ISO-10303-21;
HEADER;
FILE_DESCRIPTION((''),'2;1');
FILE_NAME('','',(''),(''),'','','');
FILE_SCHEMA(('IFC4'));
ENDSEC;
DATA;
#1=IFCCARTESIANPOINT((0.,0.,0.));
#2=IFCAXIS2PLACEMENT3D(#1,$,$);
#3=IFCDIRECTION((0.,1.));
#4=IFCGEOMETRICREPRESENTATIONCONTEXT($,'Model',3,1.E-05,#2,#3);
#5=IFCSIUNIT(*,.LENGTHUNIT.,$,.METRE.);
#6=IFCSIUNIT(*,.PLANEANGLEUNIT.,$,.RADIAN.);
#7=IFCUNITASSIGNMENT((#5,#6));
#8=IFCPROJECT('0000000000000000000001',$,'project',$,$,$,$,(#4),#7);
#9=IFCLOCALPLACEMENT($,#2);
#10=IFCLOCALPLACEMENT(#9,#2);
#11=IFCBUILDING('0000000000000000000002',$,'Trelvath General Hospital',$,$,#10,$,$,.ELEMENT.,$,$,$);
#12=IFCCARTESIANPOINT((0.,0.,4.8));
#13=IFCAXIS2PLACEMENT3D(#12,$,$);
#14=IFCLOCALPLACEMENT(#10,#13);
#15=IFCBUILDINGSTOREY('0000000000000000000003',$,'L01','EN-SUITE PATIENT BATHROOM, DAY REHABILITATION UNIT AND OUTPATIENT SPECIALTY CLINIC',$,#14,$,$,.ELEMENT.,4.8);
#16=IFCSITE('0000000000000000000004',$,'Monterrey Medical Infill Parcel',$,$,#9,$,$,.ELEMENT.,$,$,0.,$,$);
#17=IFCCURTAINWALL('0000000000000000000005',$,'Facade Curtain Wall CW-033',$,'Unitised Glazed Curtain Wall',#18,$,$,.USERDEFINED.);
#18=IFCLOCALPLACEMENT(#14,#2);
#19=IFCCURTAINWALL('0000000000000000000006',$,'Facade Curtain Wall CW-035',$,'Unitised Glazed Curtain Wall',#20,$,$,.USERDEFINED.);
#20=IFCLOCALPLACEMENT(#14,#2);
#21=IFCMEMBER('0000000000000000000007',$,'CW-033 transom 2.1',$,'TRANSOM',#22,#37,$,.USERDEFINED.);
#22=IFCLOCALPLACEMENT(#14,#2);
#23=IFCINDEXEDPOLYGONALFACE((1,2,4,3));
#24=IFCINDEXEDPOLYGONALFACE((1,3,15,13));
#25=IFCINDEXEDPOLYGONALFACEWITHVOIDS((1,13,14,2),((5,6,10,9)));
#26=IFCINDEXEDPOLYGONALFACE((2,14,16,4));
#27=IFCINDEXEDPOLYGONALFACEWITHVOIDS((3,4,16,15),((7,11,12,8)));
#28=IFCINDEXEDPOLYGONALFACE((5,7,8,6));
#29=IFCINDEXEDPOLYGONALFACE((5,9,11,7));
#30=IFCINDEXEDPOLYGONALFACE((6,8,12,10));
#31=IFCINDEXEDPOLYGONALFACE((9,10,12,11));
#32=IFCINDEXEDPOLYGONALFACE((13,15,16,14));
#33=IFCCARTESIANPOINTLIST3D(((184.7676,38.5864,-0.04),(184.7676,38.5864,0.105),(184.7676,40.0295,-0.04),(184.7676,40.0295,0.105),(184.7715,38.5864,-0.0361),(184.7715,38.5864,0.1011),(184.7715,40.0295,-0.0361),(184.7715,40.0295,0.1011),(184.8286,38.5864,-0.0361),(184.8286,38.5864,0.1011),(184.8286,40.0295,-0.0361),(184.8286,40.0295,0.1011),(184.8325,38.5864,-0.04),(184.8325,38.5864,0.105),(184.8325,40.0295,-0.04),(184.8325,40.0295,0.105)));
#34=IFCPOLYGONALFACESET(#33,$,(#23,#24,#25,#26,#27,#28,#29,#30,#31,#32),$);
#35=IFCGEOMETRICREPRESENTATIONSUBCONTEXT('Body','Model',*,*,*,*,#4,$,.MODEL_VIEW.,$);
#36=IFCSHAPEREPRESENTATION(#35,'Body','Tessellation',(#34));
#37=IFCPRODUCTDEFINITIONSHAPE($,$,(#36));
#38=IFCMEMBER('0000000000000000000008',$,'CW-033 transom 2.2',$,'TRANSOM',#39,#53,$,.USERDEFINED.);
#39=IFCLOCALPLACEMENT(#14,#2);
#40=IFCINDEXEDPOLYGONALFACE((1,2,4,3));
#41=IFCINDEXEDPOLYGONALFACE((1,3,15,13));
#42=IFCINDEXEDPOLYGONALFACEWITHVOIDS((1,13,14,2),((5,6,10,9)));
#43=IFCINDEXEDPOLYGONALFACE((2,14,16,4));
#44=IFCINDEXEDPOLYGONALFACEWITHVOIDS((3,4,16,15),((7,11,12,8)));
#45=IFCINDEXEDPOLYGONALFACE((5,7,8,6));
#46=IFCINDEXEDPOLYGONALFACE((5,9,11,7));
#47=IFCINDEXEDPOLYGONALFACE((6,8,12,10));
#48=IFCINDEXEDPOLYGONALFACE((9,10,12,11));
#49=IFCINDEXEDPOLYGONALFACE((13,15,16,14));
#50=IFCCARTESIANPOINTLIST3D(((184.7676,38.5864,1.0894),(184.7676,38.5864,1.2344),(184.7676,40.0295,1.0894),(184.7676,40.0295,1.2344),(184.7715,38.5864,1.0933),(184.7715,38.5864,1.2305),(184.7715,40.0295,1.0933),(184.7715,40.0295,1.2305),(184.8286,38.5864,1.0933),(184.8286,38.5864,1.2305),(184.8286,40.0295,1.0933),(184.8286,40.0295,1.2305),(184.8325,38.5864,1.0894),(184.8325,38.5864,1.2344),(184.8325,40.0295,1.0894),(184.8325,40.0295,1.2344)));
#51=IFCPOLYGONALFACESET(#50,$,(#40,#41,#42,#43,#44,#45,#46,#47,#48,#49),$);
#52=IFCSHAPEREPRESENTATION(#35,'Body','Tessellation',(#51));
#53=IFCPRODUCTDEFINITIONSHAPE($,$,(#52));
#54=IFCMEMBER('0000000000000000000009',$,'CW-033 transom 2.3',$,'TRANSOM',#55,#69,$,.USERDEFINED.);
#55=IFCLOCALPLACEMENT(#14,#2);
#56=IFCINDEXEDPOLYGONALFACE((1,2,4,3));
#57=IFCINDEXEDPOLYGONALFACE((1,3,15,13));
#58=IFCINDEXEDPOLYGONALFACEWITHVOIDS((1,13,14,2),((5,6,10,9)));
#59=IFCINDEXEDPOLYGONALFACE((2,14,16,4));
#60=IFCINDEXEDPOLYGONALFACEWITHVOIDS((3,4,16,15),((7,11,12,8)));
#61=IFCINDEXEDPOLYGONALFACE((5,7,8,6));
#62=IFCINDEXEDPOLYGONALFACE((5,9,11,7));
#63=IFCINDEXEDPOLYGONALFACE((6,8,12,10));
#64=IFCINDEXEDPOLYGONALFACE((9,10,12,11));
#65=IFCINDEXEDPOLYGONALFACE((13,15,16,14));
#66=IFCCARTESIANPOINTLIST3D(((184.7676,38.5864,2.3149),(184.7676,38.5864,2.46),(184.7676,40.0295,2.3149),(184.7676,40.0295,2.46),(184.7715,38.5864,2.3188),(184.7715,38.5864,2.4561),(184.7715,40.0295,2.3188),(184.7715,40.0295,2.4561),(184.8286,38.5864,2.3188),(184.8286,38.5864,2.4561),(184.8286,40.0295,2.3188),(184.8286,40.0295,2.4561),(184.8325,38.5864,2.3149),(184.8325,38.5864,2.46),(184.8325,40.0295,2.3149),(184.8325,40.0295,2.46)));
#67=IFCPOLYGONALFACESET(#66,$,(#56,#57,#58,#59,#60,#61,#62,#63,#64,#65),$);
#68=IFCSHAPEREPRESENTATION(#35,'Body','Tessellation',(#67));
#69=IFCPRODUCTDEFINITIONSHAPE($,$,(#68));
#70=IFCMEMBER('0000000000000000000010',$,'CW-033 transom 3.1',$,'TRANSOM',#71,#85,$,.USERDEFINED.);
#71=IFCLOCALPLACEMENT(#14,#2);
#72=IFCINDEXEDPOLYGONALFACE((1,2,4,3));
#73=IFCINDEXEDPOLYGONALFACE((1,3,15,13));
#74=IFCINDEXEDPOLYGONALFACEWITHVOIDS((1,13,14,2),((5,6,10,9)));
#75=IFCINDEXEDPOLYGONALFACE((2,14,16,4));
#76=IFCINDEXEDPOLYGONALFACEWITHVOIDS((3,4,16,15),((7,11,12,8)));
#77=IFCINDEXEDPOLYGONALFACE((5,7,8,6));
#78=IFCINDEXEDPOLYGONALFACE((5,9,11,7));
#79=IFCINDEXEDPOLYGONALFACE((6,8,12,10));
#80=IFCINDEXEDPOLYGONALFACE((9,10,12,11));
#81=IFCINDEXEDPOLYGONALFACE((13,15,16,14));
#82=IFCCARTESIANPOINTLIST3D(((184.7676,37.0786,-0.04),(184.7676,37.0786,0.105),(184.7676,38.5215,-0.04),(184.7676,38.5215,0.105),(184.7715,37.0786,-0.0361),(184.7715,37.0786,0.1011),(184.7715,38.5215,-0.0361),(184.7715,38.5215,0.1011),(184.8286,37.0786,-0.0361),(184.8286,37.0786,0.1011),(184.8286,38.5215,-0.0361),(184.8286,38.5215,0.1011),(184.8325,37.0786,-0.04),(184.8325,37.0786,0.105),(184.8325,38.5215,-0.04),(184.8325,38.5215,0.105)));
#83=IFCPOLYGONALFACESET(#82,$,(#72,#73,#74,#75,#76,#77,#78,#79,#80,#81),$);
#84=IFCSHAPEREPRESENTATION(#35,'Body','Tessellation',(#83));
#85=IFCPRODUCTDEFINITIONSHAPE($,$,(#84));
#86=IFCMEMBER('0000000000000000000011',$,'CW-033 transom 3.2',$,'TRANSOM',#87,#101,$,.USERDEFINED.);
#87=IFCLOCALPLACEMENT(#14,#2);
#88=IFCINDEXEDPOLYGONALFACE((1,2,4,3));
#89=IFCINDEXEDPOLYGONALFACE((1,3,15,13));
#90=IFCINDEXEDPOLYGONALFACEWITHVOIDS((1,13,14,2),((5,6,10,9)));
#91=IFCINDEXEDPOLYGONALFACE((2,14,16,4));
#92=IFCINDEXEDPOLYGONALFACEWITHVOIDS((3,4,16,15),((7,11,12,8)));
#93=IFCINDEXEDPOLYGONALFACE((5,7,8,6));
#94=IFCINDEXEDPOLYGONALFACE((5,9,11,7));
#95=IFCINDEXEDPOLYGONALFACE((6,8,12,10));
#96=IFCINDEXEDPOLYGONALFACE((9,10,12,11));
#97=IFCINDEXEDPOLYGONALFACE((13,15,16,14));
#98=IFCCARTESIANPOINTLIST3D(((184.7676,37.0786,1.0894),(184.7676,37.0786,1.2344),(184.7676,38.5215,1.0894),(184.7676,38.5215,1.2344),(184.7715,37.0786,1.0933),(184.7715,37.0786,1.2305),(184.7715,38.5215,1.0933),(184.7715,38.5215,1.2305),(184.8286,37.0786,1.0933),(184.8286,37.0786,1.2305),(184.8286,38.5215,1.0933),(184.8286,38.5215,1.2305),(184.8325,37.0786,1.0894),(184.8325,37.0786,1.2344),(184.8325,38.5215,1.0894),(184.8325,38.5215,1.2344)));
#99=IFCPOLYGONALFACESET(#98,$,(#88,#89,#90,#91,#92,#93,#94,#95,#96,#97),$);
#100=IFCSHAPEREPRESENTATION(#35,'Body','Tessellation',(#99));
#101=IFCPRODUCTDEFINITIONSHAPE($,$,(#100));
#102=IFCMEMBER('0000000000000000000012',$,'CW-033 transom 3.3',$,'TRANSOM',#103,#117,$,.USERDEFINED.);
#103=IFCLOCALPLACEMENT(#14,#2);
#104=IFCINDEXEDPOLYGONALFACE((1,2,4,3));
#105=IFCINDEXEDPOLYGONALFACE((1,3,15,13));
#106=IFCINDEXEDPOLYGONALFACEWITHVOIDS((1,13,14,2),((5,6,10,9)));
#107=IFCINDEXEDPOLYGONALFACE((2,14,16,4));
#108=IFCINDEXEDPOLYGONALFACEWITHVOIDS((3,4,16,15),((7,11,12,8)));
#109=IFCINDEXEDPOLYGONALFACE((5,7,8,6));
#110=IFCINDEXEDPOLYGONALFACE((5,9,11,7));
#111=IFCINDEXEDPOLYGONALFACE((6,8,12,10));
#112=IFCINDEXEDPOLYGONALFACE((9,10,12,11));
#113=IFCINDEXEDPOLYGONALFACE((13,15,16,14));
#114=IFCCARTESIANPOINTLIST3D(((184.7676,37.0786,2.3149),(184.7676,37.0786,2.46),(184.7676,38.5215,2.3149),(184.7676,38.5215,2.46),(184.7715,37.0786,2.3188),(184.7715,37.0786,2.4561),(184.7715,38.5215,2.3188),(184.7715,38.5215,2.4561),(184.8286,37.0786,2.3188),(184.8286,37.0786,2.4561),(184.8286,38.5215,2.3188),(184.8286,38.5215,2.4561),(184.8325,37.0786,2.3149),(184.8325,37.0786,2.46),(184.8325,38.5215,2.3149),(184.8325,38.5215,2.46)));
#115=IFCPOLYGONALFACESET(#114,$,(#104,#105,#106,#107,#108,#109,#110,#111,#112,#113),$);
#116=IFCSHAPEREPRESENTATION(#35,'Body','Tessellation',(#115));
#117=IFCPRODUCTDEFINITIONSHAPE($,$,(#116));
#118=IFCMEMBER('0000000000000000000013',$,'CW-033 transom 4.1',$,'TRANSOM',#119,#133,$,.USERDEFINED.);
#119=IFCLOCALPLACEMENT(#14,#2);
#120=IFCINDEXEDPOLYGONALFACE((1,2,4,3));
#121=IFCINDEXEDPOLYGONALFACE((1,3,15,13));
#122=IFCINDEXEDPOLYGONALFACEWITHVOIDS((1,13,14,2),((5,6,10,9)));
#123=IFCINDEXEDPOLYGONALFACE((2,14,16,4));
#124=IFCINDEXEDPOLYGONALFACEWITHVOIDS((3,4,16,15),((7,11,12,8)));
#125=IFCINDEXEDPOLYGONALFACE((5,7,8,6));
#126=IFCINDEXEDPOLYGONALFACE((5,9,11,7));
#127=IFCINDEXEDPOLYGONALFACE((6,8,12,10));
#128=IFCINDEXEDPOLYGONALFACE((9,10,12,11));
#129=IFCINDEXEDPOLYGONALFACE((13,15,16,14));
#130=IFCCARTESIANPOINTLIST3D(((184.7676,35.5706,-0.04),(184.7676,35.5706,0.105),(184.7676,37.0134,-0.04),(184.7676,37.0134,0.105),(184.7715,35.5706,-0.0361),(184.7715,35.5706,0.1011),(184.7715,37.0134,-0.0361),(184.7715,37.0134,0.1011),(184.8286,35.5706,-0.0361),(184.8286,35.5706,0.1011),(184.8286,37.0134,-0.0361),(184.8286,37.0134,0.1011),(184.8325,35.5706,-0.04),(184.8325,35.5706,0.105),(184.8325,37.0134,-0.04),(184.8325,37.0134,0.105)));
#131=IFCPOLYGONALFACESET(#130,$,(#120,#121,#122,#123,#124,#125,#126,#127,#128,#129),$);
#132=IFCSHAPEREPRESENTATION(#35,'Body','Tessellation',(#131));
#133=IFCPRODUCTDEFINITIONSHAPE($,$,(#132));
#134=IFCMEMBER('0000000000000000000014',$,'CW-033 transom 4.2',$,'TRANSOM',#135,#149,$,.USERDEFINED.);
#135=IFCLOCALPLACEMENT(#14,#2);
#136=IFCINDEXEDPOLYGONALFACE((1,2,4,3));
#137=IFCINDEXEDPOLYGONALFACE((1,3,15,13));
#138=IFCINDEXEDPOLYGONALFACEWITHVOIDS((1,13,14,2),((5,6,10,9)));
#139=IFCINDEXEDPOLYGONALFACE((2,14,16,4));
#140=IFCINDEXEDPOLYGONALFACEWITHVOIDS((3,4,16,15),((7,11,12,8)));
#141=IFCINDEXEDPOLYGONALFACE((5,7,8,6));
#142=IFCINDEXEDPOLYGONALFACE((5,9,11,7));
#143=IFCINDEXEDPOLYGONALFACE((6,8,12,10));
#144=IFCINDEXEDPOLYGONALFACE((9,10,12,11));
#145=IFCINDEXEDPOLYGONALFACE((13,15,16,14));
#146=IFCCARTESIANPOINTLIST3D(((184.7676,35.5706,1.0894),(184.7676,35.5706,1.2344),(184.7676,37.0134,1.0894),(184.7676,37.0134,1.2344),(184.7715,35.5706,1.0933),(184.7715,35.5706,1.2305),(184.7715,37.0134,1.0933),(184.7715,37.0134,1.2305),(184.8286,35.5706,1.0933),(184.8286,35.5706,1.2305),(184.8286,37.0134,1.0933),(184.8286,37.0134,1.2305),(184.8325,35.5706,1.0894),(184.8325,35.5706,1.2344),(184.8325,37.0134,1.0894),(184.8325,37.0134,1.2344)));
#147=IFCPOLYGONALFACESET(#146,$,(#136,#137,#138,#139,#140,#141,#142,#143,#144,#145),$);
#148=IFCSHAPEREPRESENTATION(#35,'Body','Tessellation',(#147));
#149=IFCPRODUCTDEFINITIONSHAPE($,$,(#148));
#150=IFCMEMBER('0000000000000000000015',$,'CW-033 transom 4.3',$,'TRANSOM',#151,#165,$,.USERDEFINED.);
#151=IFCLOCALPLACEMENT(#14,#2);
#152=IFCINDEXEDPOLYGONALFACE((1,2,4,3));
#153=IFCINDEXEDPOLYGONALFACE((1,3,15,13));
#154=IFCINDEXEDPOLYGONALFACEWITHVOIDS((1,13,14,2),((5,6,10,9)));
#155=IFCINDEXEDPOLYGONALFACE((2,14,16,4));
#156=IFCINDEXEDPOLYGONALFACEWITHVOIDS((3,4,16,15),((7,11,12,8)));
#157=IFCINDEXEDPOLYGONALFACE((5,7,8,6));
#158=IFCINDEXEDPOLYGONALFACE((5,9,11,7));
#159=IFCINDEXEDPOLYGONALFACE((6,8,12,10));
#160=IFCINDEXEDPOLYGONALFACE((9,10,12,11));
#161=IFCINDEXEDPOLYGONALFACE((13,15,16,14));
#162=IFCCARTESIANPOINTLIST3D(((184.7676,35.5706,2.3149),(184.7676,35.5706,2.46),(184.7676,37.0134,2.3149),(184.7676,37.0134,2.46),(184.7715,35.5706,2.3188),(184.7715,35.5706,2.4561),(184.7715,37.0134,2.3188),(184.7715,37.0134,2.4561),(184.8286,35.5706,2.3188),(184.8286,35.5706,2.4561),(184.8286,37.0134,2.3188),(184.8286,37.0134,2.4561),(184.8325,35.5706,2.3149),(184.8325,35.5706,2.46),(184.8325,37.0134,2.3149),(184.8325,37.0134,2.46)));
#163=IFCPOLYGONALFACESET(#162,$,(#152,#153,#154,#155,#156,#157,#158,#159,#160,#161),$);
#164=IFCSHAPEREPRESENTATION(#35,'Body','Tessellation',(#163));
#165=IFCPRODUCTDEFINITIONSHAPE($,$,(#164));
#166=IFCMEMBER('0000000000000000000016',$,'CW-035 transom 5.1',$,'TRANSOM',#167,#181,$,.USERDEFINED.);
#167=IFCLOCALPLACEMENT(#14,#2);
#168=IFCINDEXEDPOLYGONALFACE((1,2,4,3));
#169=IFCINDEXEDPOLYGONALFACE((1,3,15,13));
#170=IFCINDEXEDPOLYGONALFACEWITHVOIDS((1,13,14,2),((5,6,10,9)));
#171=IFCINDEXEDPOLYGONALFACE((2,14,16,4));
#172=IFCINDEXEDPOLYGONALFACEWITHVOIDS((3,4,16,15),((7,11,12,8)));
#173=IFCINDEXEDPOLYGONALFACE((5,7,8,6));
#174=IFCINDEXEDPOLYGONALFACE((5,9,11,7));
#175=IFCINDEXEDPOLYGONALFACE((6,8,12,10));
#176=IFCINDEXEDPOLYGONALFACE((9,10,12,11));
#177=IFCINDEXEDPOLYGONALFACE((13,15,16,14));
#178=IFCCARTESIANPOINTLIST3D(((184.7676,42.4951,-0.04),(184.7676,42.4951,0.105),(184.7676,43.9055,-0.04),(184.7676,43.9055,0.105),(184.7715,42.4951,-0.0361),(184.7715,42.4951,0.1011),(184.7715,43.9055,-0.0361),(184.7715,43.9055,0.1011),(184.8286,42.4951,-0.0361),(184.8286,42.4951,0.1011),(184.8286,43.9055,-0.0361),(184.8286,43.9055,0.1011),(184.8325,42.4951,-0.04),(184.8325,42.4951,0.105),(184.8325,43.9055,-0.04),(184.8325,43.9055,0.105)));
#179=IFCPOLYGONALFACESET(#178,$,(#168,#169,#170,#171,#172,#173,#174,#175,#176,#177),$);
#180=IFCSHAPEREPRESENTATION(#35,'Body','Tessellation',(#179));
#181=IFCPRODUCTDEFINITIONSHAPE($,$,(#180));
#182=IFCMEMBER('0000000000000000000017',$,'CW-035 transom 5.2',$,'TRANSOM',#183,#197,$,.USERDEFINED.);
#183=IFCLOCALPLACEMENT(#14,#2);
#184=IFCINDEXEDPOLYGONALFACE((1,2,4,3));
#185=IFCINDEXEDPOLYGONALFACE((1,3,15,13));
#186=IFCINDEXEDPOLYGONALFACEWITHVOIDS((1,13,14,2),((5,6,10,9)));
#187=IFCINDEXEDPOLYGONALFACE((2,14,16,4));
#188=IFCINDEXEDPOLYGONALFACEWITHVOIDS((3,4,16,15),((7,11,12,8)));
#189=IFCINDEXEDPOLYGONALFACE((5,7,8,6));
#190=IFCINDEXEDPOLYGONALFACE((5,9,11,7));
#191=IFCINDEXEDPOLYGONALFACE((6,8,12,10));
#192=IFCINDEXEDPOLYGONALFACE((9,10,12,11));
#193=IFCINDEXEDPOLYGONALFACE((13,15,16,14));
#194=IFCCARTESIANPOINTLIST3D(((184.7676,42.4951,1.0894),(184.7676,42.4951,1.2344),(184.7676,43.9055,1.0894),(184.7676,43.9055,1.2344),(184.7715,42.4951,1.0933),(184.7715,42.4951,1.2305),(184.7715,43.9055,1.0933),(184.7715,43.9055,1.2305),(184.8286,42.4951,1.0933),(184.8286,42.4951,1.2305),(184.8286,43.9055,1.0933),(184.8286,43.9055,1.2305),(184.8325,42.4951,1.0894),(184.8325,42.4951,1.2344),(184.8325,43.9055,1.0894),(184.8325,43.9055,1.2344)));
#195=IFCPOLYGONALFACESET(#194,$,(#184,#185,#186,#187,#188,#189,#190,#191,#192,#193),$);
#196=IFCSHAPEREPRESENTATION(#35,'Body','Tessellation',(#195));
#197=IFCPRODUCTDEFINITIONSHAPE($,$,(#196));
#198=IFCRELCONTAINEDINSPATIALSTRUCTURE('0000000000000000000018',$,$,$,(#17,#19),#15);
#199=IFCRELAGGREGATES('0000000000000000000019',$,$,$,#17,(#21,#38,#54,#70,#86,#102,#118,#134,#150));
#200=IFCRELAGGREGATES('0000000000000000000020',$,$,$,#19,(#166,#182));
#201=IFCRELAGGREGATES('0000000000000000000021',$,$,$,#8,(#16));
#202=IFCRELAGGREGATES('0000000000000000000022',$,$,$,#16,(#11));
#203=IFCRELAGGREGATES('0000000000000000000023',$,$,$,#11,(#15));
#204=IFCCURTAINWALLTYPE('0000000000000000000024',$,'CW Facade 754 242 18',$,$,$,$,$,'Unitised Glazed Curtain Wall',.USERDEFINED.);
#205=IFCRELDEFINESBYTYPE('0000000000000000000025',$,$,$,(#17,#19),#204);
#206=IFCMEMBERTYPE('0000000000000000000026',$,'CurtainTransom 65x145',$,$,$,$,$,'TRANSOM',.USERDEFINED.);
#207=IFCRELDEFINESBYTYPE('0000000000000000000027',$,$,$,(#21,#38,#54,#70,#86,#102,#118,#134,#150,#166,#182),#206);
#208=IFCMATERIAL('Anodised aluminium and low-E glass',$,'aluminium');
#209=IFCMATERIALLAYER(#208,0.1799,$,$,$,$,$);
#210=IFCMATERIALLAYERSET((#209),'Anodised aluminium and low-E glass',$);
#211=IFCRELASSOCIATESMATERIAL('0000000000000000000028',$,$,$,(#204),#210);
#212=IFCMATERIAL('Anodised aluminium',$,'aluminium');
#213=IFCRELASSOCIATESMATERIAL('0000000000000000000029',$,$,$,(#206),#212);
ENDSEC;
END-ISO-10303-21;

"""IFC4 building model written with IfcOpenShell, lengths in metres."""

from ifc_helpers import new_model, si_unit, direction, frame, origin, origin_2d, place, context, subcontext, project, spatial, hollow_rectangle, extrude, material, layer, layer_set, material_profile, profile_set, type_object, element, aggregate, save


model = new_model("IFC4")

# Units and contexts
model_context = context("Model", 3, precision=1e-05, world=origin(), true_north=direction((0.0, 1.0)))
body_context = subcontext(model_context, "Body", "Model", "MODEL_VIEW")
ifc_project = project(units=[si_unit("LENGTHUNIT", "METRE"), si_unit("PLANEANGLEUNIT", "RADIAN")], contexts=[model_context])

# Site, building, storey
site_placement = place(None, origin())
site = spatial("IfcSite", under=ifc_project, at=site_placement, Name="Monterrey Medical Infill Parcel", CompositionType="ELEMENT", RefElevation=0.0)
building_placement = place(site_placement, origin())
building = spatial("IfcBuilding", under=site, at=building_placement, Name="Trelvath General Hospital", CompositionType="ELEMENT")
storey_placement = place(building_placement, frame((0.0, 0.0, 4.8)))
storey = spatial("IfcBuildingStorey", under=building, at=storey_placement, Name="L01", Description="EN-SUITE PATIENT BATHROOM, DAY REHABILITATION UNIT AND OUTPATIENT SPECIALTY CLINIC", CompositionType="ELEMENT", Elevation=4.8)

# Curtain walls
ifc_material_1 = material(Name="Anodised aluminium and low-E glass", Category="aluminium")
ifc_layer_1 = layer(ifc_material_1, 0.1799)
ifc_layer_set_1 = layer_set([ifc_layer_1], Name="Anodised aluminium and low-E glass")
curtain_wall_type = type_object("IfcCurtainWallType", Name="CW Facade 754 242 18", ElementType="Unitised Glazed Curtain Wall", PredefinedType="USERDEFINED", material=ifc_layer_set_1)
curtain_wall_1_placement = place(storey_placement, origin())
curtain_wall_1 = element("IfcCurtainWall", 1, at=curtain_wall_1_placement, inside=storey, type_object=curtain_wall_type, Name="Facade Curtain Wall CW-033", ObjectType="Unitised Glazed Curtain Wall", PredefinedType="USERDEFINED")
curtain_wall_2_placement = place(storey_placement, origin())
curtain_wall_2 = element("IfcCurtainWall", 2, at=curtain_wall_2_placement, inside=storey, type_object=curtain_wall_type, Name="Facade Curtain Wall CW-035", ObjectType="Unitised Glazed Curtain Wall", PredefinedType="USERDEFINED")

# Members
ifc_material_2 = material(Name="Anodised aluminium", Category="aluminium")
ifc_material_profile_1 = material_profile(ifc_material_2, hollow_rectangle(XDim=0.0649, YDim=0.145, WallThickness=0.0039, at=origin_2d()), Name="RHS65x145x4")
ifc_profile_set_1 = profile_set([ifc_material_profile_1], Name="Anodised aluminium")
member_type_1 = type_object("IfcMemberType", Name="CurtainTransom 65x145", ElementType="TRANSOM", PredefinedType="USERDEFINED", material=ifc_profile_set_1)
member_1_placement = place(storey_placement, frame((184.8, 40.0295, 0.0325), z_axis=(0.0, -1.0, 0.0), x_axis=(1.0, 0.0, 0.0)))
member_1 = element("IfcMember", 3, at=member_1_placement, type_object=member_type_1, Name="CW-033 transom 2.1", ObjectType="TRANSOM", PredefinedType="USERDEFINED", context=body_context, shape_type="SweptSolid", body=[
    extrude(hollow_rectangle(XDim=0.0649, YDim=0.145, WallThickness=0.0039, at=origin_2d()), origin(), (0.0, 0.0, 1.0), 1.4431),
])
member_2_placement = place(storey_placement, frame((184.8, 40.0295, 1.1619), z_axis=(0.0, -1.0, 0.0), x_axis=(1.0, 0.0, 0.0)))
member_2 = element("IfcMember", 4, at=member_2_placement, type_object=member_type_1, Name="CW-033 transom 2.2", ObjectType="TRANSOM", PredefinedType="USERDEFINED", context=body_context, shape_type="SweptSolid", body=[
    extrude(hollow_rectangle(XDim=0.0649, YDim=0.145, WallThickness=0.0039, at=origin_2d()), origin(), (0.0, 0.0, 1.0), 1.4431),
])
member_3_placement = place(storey_placement, frame((184.8, 40.0295, 2.3875), z_axis=(0.0, -1.0, 0.0), x_axis=(1.0, 0.0, 0.0)))
member_3 = element("IfcMember", 5, at=member_3_placement, type_object=member_type_1, Name="CW-033 transom 2.3", ObjectType="TRANSOM", PredefinedType="USERDEFINED", context=body_context, shape_type="SweptSolid", body=[
    extrude(hollow_rectangle(XDim=0.0649, YDim=0.145, WallThickness=0.0039, at=origin_2d()), origin(), (0.0, 0.0, 1.0), 1.4431),
])
member_4_placement = place(storey_placement, frame((184.8, 38.5215, 0.0325), z_axis=(0.0, -1.0, 0.0), x_axis=(1.0, 0.0, 0.0)))
member_4 = element("IfcMember", 6, at=member_4_placement, type_object=member_type_1, Name="CW-033 transom 3.1", ObjectType="TRANSOM", PredefinedType="USERDEFINED", context=body_context, shape_type="SweptSolid", body=[
    extrude(hollow_rectangle(XDim=0.0649, YDim=0.145, WallThickness=0.0039, at=origin_2d()), origin(), (0.0, 0.0, 1.0), 1.4429),
])
member_5_placement = place(storey_placement, frame((184.8, 38.5215, 1.1619), z_axis=(0.0, -1.0, 0.0), x_axis=(1.0, 0.0, 0.0)))
member_5 = element("IfcMember", 7, at=member_5_placement, type_object=member_type_1, Name="CW-033 transom 3.2", ObjectType="TRANSOM", PredefinedType="USERDEFINED", context=body_context, shape_type="SweptSolid", body=[
    extrude(hollow_rectangle(XDim=0.0649, YDim=0.145, WallThickness=0.0039, at=origin_2d()), origin(), (0.0, 0.0, 1.0), 1.4429),
])
member_6_placement = place(storey_placement, frame((184.8, 38.5215, 2.3875), z_axis=(0.0, -1.0, 0.0), x_axis=(1.0, 0.0, 0.0)))
member_6 = element("IfcMember", 8, at=member_6_placement, type_object=member_type_1, Name="CW-033 transom 3.3", ObjectType="TRANSOM", PredefinedType="USERDEFINED", context=body_context, shape_type="SweptSolid", body=[
    extrude(hollow_rectangle(XDim=0.0649, YDim=0.145, WallThickness=0.0039, at=origin_2d()), origin(), (0.0, 0.0, 1.0), 1.4429),
])
member_7_placement = place(storey_placement, frame((184.8, 37.0134, 0.0325), z_axis=(0.0, -1.0, 0.0), x_axis=(1.0, 0.0, 0.0)))
member_7 = element("IfcMember", 9, at=member_7_placement, type_object=member_type_1, Name="CW-033 transom 4.1", ObjectType="TRANSOM", PredefinedType="USERDEFINED", context=body_context, shape_type="SweptSolid", body=[
    extrude(hollow_rectangle(XDim=0.0649, YDim=0.145, WallThickness=0.0039, at=origin_2d()), origin(), (0.0, 0.0, 1.0), 1.4429),
])
member_8_placement = place(storey_placement, frame((184.8, 37.0134, 1.1619), z_axis=(0.0, -1.0, 0.0), x_axis=(1.0, 0.0, 0.0)))
member_8 = element("IfcMember", 10, at=member_8_placement, type_object=member_type_1, Name="CW-033 transom 4.2", ObjectType="TRANSOM", PredefinedType="USERDEFINED", context=body_context, shape_type="SweptSolid", body=[
    extrude(hollow_rectangle(XDim=0.0649, YDim=0.145, WallThickness=0.0039, at=origin_2d()), origin(), (0.0, 0.0, 1.0), 1.4429),
])
member_9_placement = place(storey_placement, frame((184.8, 37.0134, 2.3875), z_axis=(0.0, -1.0, 0.0), x_axis=(1.0, 0.0, 0.0)))
member_9 = element("IfcMember", 11, at=member_9_placement, type_object=member_type_1, Name="CW-033 transom 4.3", ObjectType="TRANSOM", PredefinedType="USERDEFINED", context=body_context, shape_type="SweptSolid", body=[
    extrude(hollow_rectangle(XDim=0.0649, YDim=0.145, WallThickness=0.0039, at=origin_2d()), origin(), (0.0, 0.0, 1.0), 1.4429),
])
member_10_placement = place(storey_placement, frame((184.8, 43.9055, 0.0325), z_axis=(0.0, -1.0, 0.0), x_axis=(1.0, 0.0, 0.0)))
member_10 = element("IfcMember", 12, at=member_10_placement, type_object=member_type_1, Name="CW-035 transom 5.1", ObjectType="TRANSOM", PredefinedType="USERDEFINED", context=body_context, shape_type="SweptSolid", body=[
    extrude(hollow_rectangle(XDim=0.0649, YDim=0.145, WallThickness=0.0039, at=origin_2d()), origin(), (0.0, 0.0, 1.0), 1.4104),
])
member_11_placement = place(storey_placement, frame((184.8, 43.9055, 1.1619), z_axis=(0.0, -1.0, 0.0), x_axis=(1.0, 0.0, 0.0)))
member_11 = element("IfcMember", 13, at=member_11_placement, type_object=member_type_1, Name="CW-035 transom 5.2", ObjectType="TRANSOM", PredefinedType="USERDEFINED", context=body_context, shape_type="SweptSolid", body=[
    extrude(hollow_rectangle(XDim=0.0649, YDim=0.145, WallThickness=0.0039, at=origin_2d()), origin(), (0.0, 0.0, 1.0), 1.4104),
])

aggregate(curtain_wall_1, [member_1, member_2, member_3, member_4, member_5, member_6, member_7, member_8, member_9])
aggregate(curtain_wall_2, [member_10, member_11])

save(model, "model.ifc")
